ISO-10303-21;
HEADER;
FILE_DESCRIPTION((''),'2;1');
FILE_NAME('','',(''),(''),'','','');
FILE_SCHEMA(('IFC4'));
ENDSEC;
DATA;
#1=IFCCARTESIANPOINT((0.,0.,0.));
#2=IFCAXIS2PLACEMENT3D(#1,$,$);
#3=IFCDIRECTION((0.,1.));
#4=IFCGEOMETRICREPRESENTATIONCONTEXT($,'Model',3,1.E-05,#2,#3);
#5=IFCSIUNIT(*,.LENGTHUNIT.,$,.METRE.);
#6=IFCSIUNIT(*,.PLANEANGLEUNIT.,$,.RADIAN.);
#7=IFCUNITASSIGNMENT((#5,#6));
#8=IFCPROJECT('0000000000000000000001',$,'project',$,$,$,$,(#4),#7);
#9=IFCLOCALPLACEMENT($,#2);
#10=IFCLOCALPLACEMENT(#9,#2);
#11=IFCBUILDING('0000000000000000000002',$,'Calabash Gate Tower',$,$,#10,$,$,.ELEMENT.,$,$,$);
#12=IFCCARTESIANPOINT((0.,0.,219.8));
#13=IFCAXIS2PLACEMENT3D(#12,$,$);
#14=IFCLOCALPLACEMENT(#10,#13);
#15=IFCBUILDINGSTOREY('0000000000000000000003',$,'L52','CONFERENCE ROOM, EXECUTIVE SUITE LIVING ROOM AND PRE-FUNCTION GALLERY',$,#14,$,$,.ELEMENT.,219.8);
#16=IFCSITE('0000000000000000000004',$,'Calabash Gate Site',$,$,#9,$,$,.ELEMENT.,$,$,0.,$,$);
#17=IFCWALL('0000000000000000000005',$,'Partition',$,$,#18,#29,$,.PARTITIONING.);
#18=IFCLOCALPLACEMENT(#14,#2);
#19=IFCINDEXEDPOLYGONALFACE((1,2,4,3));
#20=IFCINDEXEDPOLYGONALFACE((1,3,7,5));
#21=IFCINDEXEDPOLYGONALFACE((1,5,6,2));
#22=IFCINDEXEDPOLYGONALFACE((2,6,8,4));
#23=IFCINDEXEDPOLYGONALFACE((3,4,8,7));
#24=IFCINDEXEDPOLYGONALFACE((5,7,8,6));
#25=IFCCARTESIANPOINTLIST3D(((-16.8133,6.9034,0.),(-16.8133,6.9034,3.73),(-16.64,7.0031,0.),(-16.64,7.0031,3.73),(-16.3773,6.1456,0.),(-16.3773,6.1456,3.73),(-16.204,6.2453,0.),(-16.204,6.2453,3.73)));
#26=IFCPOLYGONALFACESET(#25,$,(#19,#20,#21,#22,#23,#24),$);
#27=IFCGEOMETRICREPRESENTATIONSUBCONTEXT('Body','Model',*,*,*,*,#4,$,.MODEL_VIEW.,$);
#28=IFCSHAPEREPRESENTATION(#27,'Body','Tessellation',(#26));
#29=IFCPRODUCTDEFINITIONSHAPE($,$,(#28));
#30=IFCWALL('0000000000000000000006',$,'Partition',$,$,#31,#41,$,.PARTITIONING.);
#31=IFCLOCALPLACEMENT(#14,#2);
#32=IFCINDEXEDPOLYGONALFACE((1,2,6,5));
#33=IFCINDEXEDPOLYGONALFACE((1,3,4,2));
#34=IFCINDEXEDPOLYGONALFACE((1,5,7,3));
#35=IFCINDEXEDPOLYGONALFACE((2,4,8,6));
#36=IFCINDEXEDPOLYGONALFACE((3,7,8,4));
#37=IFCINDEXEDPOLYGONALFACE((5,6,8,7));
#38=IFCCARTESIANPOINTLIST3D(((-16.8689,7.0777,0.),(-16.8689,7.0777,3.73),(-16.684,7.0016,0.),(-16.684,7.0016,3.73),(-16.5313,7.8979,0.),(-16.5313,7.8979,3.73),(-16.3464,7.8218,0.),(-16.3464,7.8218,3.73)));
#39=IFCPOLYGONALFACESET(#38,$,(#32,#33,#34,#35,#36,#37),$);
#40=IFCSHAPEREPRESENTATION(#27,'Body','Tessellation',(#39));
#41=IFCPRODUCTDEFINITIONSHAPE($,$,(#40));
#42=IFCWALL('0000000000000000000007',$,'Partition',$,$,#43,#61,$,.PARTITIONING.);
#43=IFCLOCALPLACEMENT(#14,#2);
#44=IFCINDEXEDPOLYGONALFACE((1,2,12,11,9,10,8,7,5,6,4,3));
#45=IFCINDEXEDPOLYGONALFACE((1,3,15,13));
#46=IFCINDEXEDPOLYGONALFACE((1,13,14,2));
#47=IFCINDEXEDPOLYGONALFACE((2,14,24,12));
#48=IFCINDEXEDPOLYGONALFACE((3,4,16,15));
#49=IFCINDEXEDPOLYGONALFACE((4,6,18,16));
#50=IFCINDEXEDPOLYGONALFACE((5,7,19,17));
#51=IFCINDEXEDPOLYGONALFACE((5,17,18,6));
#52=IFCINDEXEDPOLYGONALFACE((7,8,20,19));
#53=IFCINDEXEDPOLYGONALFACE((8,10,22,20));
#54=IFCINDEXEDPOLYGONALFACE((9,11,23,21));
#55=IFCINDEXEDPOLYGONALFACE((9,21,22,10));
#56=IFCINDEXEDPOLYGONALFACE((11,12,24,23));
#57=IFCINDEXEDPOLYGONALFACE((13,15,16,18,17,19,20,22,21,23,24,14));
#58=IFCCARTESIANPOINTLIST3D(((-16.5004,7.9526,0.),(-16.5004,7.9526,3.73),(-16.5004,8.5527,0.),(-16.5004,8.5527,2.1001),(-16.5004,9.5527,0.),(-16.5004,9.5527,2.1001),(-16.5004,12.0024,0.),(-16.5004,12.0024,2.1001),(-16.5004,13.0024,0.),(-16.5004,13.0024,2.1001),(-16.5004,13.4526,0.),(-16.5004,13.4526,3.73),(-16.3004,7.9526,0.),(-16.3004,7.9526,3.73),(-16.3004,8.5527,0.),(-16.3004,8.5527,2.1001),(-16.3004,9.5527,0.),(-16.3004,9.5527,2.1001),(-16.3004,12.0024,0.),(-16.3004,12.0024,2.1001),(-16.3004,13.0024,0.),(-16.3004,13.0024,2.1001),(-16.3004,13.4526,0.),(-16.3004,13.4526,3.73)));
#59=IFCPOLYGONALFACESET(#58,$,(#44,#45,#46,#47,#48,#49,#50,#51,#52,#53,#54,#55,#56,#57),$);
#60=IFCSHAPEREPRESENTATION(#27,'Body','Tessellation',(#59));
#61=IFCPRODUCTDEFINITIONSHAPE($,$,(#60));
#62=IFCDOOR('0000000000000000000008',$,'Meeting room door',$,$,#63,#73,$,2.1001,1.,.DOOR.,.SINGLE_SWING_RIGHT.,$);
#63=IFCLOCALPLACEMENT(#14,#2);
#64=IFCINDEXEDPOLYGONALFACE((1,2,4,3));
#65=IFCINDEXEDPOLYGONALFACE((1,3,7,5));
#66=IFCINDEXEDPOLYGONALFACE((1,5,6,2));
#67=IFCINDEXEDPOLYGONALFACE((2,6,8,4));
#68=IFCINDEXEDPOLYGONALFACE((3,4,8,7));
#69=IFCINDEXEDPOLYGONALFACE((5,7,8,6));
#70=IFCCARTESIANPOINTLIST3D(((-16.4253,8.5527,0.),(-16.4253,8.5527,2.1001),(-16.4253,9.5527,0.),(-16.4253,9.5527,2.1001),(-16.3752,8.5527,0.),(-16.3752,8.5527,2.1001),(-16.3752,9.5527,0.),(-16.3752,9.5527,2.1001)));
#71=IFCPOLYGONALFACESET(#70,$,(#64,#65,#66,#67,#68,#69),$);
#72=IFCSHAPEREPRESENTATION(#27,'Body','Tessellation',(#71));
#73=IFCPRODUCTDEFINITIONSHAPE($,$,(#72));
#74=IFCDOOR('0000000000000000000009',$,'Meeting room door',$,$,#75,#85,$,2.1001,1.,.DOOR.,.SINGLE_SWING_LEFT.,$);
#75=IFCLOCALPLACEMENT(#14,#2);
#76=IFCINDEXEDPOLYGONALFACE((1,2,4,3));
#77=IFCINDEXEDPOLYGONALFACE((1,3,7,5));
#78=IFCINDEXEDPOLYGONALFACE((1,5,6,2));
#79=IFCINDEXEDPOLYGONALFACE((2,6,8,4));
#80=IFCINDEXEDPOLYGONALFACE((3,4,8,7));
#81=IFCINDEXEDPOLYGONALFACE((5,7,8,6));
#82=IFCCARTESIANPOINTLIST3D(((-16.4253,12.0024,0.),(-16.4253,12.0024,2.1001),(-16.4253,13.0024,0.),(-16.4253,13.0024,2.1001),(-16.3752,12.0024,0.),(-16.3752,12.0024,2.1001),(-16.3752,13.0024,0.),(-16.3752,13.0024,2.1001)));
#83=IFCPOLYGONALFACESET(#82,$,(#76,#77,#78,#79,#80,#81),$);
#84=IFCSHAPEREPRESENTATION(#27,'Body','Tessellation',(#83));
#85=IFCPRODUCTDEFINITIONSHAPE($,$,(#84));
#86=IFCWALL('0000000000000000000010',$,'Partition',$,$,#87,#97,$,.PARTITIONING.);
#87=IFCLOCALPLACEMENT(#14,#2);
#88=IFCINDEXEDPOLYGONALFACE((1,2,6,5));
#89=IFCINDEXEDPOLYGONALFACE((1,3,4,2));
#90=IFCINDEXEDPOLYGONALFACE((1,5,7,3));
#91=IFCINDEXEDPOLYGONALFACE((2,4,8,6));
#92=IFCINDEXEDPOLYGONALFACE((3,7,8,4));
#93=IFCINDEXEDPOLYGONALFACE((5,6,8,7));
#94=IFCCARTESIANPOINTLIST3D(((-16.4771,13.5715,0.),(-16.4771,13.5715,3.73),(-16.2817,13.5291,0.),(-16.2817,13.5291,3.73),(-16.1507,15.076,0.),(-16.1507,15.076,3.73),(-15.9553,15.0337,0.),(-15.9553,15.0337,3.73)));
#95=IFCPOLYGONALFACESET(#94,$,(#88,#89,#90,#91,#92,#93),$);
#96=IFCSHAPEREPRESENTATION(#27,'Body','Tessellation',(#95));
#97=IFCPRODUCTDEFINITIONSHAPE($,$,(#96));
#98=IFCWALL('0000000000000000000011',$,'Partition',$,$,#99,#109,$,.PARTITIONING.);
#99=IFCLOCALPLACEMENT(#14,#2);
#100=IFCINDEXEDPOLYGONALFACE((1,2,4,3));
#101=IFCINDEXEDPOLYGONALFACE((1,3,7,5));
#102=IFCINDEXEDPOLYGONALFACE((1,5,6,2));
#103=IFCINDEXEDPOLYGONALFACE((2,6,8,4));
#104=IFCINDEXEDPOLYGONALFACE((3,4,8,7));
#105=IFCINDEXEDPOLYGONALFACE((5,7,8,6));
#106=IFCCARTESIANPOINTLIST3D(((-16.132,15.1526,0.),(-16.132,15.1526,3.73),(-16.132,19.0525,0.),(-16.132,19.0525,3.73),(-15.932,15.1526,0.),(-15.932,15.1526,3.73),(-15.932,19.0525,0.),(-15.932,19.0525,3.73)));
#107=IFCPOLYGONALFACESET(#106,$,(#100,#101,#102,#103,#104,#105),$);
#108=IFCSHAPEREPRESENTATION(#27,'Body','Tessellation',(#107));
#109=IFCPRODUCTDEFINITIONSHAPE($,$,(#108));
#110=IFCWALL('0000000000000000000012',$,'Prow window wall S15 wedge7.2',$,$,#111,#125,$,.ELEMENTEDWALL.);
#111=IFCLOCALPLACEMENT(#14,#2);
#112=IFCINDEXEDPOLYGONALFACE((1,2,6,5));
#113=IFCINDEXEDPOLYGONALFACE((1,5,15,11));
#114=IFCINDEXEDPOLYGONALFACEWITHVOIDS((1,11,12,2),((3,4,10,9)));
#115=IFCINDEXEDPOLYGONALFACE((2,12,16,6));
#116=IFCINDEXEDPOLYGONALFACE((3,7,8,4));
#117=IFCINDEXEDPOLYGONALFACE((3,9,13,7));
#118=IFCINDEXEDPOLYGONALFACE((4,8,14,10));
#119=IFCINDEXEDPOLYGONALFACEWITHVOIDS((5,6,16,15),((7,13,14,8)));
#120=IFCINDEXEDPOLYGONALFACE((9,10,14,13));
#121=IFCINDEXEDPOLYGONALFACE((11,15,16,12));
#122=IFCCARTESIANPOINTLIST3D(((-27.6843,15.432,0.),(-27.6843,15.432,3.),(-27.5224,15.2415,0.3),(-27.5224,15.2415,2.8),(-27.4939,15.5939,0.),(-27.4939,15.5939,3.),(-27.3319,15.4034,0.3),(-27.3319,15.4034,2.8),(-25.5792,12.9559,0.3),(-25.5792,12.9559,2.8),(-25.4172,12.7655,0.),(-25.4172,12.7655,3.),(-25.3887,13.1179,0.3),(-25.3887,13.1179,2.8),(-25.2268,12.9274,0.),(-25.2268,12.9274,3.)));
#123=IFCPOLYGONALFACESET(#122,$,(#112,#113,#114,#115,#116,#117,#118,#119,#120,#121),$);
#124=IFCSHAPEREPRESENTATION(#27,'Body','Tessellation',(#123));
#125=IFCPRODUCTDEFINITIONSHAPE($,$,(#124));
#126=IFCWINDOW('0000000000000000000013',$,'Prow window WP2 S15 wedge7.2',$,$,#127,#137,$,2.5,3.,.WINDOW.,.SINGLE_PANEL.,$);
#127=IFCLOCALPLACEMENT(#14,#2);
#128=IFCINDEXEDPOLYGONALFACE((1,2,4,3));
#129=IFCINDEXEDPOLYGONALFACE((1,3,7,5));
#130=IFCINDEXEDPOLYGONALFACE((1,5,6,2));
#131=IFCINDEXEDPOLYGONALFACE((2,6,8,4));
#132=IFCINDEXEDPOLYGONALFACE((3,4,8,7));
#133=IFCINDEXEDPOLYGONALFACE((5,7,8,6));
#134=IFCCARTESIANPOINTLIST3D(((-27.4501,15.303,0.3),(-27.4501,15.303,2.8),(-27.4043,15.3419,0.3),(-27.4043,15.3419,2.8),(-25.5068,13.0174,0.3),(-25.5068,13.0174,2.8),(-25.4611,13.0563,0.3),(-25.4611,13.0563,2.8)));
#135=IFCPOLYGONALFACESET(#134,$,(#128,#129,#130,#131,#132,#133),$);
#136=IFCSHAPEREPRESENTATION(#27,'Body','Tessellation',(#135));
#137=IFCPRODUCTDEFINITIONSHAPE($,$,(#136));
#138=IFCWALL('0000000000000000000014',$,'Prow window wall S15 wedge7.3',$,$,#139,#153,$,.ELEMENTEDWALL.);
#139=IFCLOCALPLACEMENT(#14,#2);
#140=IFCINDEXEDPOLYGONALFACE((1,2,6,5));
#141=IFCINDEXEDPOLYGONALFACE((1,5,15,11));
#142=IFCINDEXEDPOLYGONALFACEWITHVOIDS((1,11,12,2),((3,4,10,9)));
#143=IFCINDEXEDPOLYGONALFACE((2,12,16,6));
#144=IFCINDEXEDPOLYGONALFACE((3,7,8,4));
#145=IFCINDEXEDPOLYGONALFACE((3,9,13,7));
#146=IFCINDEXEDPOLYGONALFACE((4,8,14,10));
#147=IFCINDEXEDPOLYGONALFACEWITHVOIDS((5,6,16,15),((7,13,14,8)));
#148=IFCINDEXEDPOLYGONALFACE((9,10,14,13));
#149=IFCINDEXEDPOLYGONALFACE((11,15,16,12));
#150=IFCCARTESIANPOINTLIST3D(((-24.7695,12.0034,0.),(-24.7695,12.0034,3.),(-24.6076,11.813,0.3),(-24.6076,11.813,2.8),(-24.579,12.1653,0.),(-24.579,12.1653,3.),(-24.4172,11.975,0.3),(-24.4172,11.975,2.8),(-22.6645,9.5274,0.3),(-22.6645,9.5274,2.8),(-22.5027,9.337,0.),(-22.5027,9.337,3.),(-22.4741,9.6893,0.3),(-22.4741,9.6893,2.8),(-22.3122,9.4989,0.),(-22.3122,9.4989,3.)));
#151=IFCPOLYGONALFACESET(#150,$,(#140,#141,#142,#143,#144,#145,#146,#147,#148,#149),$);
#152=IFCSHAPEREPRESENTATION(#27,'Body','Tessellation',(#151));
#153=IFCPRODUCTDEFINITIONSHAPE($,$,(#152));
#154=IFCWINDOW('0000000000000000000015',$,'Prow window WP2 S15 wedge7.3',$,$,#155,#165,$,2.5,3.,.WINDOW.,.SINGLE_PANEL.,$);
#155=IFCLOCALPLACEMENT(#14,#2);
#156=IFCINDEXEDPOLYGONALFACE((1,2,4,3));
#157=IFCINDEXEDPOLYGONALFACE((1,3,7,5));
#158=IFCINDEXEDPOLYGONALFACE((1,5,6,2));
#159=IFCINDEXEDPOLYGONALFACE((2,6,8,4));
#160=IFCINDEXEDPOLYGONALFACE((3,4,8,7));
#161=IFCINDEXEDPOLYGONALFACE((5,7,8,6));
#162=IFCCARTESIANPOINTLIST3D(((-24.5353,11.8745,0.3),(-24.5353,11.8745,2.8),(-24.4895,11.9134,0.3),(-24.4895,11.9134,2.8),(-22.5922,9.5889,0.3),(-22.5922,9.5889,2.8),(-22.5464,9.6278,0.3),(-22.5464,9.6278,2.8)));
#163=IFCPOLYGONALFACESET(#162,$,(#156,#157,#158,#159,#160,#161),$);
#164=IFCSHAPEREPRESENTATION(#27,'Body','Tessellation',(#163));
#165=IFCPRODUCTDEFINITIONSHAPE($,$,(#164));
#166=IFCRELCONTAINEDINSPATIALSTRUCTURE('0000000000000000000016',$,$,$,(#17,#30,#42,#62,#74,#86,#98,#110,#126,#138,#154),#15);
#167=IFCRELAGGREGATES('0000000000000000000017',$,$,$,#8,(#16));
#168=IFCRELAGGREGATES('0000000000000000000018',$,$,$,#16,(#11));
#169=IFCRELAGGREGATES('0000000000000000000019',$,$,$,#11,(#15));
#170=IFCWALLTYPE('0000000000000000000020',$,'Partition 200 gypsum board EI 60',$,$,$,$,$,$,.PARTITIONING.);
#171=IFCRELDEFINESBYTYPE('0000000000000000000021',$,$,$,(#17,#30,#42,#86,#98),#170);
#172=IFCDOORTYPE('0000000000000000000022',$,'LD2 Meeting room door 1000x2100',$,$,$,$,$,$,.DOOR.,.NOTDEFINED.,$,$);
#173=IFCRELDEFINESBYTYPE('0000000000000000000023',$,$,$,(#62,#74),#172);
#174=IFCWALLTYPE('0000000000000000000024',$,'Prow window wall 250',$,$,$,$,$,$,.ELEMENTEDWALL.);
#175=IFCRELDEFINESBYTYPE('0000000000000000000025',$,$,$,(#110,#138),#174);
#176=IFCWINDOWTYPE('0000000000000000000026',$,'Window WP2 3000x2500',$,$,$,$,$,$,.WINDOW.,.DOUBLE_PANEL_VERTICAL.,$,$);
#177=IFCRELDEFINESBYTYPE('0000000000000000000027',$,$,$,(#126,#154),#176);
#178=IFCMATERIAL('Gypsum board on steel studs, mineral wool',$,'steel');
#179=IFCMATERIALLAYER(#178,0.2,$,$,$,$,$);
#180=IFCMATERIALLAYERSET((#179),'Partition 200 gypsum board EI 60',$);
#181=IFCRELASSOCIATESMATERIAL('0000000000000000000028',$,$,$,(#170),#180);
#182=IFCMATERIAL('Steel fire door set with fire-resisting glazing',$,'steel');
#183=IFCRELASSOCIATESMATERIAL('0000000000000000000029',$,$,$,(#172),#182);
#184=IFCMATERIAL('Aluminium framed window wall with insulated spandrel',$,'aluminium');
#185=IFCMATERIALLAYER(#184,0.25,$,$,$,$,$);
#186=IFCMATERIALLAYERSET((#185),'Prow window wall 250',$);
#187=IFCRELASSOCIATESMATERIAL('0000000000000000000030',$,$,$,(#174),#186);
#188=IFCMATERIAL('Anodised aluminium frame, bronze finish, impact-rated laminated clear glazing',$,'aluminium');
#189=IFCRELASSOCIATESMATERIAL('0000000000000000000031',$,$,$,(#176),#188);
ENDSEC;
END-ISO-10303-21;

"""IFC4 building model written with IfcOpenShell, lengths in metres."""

from ifc_helpers import new_model, si_unit, direction, frame, frame_2d, origin, place, context, subcontext, project, spatial, rectangle, extrude, material, layer, layer_set, type_object, element, fill, save


model = new_model("IFC4")

# Units and contexts
model_context = context("Model", 3, precision=1e-05, world=origin(), true_north=direction((0.0, 1.0)))
body_context = subcontext(model_context, "Body", "Model", "MODEL_VIEW")
ifc_project = project(units=[si_unit("LENGTHUNIT", "METRE"), si_unit("PLANEANGLEUNIT", "RADIAN")], contexts=[model_context])

# Site, building, storey
site_placement = place(None, origin())
site = spatial("IfcSite", under=ifc_project, at=site_placement, Name="Calabash Gate Site", CompositionType="ELEMENT", RefElevation=0.0)
building_placement = place(site_placement, origin())
building = spatial("IfcBuilding", under=site, at=building_placement, Name="Calabash Gate Tower", CompositionType="ELEMENT")
storey_placement = place(building_placement, frame((0.0, 0.0, 219.8)))
storey = spatial("IfcBuildingStorey", under=building, at=storey_placement, Name="L52", Description="CONFERENCE ROOM, EXECUTIVE SUITE LIVING ROOM AND PRE-FUNCTION GALLERY", CompositionType="ELEMENT", Elevation=219.8)

# Walls
ifc_material_1 = material(Name="Gypsum board on steel studs, mineral wool", Category="steel")
ifc_layer_1 = layer(ifc_material_1, 0.2)
ifc_layer_set_1 = layer_set([ifc_layer_1], Name="Partition 200 gypsum board EI 60")
wall_type_1 = type_object("IfcWallType", Name="Partition 200 gypsum board EI 60", PredefinedType="PARTITIONING", material=ifc_layer_set_1)
wall_1_placement = place(storey_placement, frame((-16.7266, 6.9531, 0.0), z_axis=(0.0, 0.0, 1.0), x_axis=(0.498723, -0.866761, 0.0)))
element("IfcWall", 1, at=wall_1_placement, inside=storey, type_object=wall_type_1, Name="Partition", PredefinedType="PARTITIONING", context=body_context, shape_type="SweptSolid", body=[
    extrude(rectangle(XDim=0.8743, YDim=0.2, at=frame_2d((0.437, 0.0))), origin(), (0.0, 0.0, 1.0), 3.73),
])
wall_2_placement = place(storey_placement, frame((-16.7764, 7.0398, 0.0), z_axis=(0.0, 0.0, 1.0), x_axis=(0.380625, 0.924729, 0.0)))
element("IfcWall", 2, at=wall_2_placement, inside=storey, type_object=wall_type_1, Name="Partition", PredefinedType="PARTITIONING", context=body_context, shape_type="SweptSolid", body=[
    extrude(rectangle(XDim=0.887, YDim=0.2, at=frame_2d((0.4434, 0.0))), origin(), (0.0, 0.0, 1.0), 3.73),
])

# Wall, openings, doors
wall_3_placement = place(storey_placement, frame((-16.4004, 7.9526, 0.0), z_axis=(0.0, 0.0, 1.0), x_axis=(0.0, 1.0, 0.0)))
wall_3 = element("IfcWall", 3, at=wall_3_placement, inside=storey, type_object=wall_type_1, Name="Partition", PredefinedType="PARTITIONING", context=body_context, shape_type="SweptSolid", body=[
    extrude(rectangle(XDim=5.5, YDim=0.2, at=frame_2d((2.75, 0.0))), origin(), (0.0, 0.0, 1.0), 3.73),
])
opening_1_placement = place(wall_3_placement, frame((0.6001, 0.0, 0.0)))
opening_1 = element("IfcOpeningElement", 4, at=opening_1_placement, cuts=wall_3, PredefinedType="OPENING", context=body_context, shape_type="SweptSolid", body=[
    extrude(rectangle(XDim=1.0, YDim=2.1001, at=frame_2d((0.5, 1.05))), frame((0.0, 0.1099, 0.0), z_axis=(0.0, -1.0, 0.0), x_axis=(1.0, 0.0, 0.0)), (0.0, 0.0, 1.0), 0.22),
])
opening_2_placement = place(wall_3_placement, frame((4.0498, 0.0, 0.0)))
opening_2 = element("IfcOpeningElement", 5, at=opening_2_placement, cuts=wall_3, PredefinedType="OPENING", context=body_context, shape_type="SweptSolid", body=[
    extrude(rectangle(XDim=1.0, YDim=2.1001, at=frame_2d((0.5, 1.05))), frame((0.0, 0.1099, 0.0), z_axis=(0.0, -1.0, 0.0), x_axis=(1.0, 0.0, 0.0)), (0.0, 0.0, 1.0), 0.22),
])
ifc_material_2 = material(Name="Steel fire door set with fire-resisting glazing", Category="steel")
door_type_1 = type_object("IfcDoorType", Name="LD2 Meeting room door 1000x2100", OperationType="NOTDEFINED", PredefinedType="DOOR", material=ifc_material_2)
door_1_placement = place(opening_1_placement, origin())
door_1 = element("IfcDoor", 6, at=door_1_placement, inside=storey, type_object=door_type_1, Name="Meeting room door", OperationType="SINGLE_SWING_RIGHT", OverallHeight=2.1001, OverallWidth=1.0, PredefinedType="DOOR", context=body_context, shape_type="SweptSolid", body=[
    extrude(rectangle(XDim=1.0, YDim=2.1001, at=frame_2d((0.5, 1.05))), frame((0.0, 0.0249, 0.0), z_axis=(0.0, -1.0, 0.0), x_axis=(1.0, 0.0, 0.0)), (0.0, 0.0, 1.0), 0.05),
])
fill(opening_1, door_1)
door_2_placement = place(opening_2_placement, origin())
door_2 = element("IfcDoor", 7, at=door_2_placement, inside=storey, type_object=door_type_1, Name="Meeting room door", OperationType="SINGLE_SWING_LEFT", OverallHeight=2.1001, OverallWidth=1.0, PredefinedType="DOOR", context=body_context, shape_type="SweptSolid", body=[
    extrude(rectangle(XDim=1.0, YDim=2.1001, at=frame_2d((0.5, 1.05))), frame((0.0, 0.0249, 0.0), z_axis=(0.0, -1.0, 0.0), x_axis=(1.0, 0.0, 0.0)), (0.0, 0.0, 1.0), 0.05),
])
fill(opening_2, door_2)

# Walls
wall_4_placement = place(storey_placement, frame((-16.3794, 13.5503, 0.0), z_axis=(0.0, 0.0, 1.0), x_axis=(0.212008, 0.977268, 0.0)))
element("IfcWall", 8, at=wall_4_placement, inside=storey, type_object=wall_type_1, Name="Partition", PredefinedType="PARTITIONING", context=body_context, shape_type="SweptSolid", body=[
    extrude(rectangle(XDim=1.5396, YDim=0.2, at=frame_2d((0.7698, 0.0))), origin(), (0.0, 0.0, 1.0), 3.73),
])
wall_5_placement = place(storey_placement, frame((-16.032, 15.1526, 0.0), z_axis=(0.0, 0.0, 1.0), x_axis=(0.0, 1.0, 0.0)))
element("IfcWall", 9, at=wall_5_placement, inside=storey, type_object=wall_type_1, Name="Partition", PredefinedType="PARTITIONING", context=body_context, shape_type="SweptSolid", body=[
    extrude(rectangle(XDim=3.8999, YDim=0.2, at=frame_2d((1.95, 0.0))), origin(), (0.0, 0.0, 1.0), 3.73),
])

# Walls, openings, windows
ifc_material_3 = material(Name="Aluminium framed window wall with insulated spandrel", Category="aluminium")
ifc_layer_2 = layer(ifc_material_3, 0.25)
ifc_layer_set_2 = layer_set([ifc_layer_2], Name="Prow window wall 250")
wall_type_2 = type_object("IfcWallType", Name="Prow window wall 250", PredefinedType="ELEMENTEDWALL", material=ifc_layer_set_2)
wall_6_placement = place(storey_placement, frame((-27.5891, 15.5129, 0.0), z_axis=(0.0, 0.0, 1.0), x_axis=(0.647742, -0.76186, 0.0)))
wall_6 = element("IfcWall", 10, at=wall_6_placement, inside=storey, type_object=wall_type_2, Name="Prow window wall S15 wedge7.2", PredefinedType="ELEMENTEDWALL", context=body_context, shape_type="SweptSolid", body=[
    extrude(rectangle(XDim=3.5, YDim=0.25, at=frame_2d((1.75, 0.0))), origin(), (0.0, 0.0, 1.0), 3.0),
])
opening_3_placement = place(wall_6_placement, frame((0.25, 0.0, 0.3)))
opening_3 = element("IfcOpeningElement", 11, at=opening_3_placement, cuts=wall_6, PredefinedType="OPENING", context=body_context, shape_type="SweptSolid", body=[
    extrude(rectangle(XDim=3.0, YDim=2.5, at=frame_2d((1.5, 1.25))), frame((0.0, 0.135, 0.0), z_axis=(0.0, -1.0, 0.0), x_axis=(1.0, 0.0, 0.0)), (0.0, 0.0, 1.0), 0.27),
])
ifc_material_4 = material(Name="Anodised aluminium frame, bronze finish, impact-rated laminated clear glazing", Category="aluminium")
window_type_1 = type_object("IfcWindowType", Name="Window WP2 3000x2500", PartitioningType="DOUBLE_PANEL_VERTICAL", PredefinedType="WINDOW", material=ifc_material_4)
window_1_placement = place(opening_3_placement, origin())
window_1 = element("IfcWindow", 12, at=window_1_placement, inside=storey, type_object=window_type_1, Name="Prow window WP2 S15 wedge7.2", OverallHeight=2.5, OverallWidth=3.0, PartitioningType="SINGLE_PANEL", PredefinedType="WINDOW", context=body_context, shape_type="SweptSolid", body=[
    extrude(rectangle(XDim=3.0, YDim=2.5, at=frame_2d((1.5, 1.25))), frame((0.0, 0.03, 0.0), z_axis=(0.0, -1.0, 0.0), x_axis=(1.0, 0.0, 0.0)), (0.0, 0.0, 1.0), 0.0601),
])
fill(opening_3, window_1)
wall_7_placement = place(storey_placement, frame((-24.6743, 12.0845, 0.0), z_axis=(0.0, 0.0, 1.0), x_axis=(0.647701, -0.761895, 0.0)))
wall_7 = element("IfcWall", 13, at=wall_7_placement, inside=storey, type_object=wall_type_2, Name="Prow window wall S15 wedge7.3", PredefinedType="ELEMENTEDWALL", context=body_context, shape_type="SweptSolid", body=[
    extrude(rectangle(XDim=3.4998, YDim=0.25, at=frame_2d((1.75, 0.0))), origin(), (0.0, 0.0, 1.0), 3.0),
])
opening_4_placement = place(wall_7_placement, frame((0.25, 0.0, 0.3)))
opening_4 = element("IfcOpeningElement", 14, at=opening_4_placement, cuts=wall_7, PredefinedType="OPENING", context=body_context, shape_type="SweptSolid", body=[
    extrude(rectangle(XDim=3.0, YDim=2.5, at=frame_2d((1.5, 1.25))), frame((0.0, 0.135, 0.0), z_axis=(0.0, -1.0, 0.0), x_axis=(1.0, 0.0, 0.0)), (0.0, 0.0, 1.0), 0.27),
])
window_2_placement = place(opening_4_placement, origin())
window_2 = element("IfcWindow", 15, at=window_2_placement, inside=storey, type_object=window_type_1, Name="Prow window WP2 S15 wedge7.3", OverallHeight=2.5, OverallWidth=3.0, PartitioningType="SINGLE_PANEL", PredefinedType="WINDOW", context=body_context, shape_type="SweptSolid", body=[
    extrude(rectangle(XDim=3.0, YDim=2.5, at=frame_2d((1.5, 1.25))), frame((0.0, 0.03, 0.0), z_axis=(0.0, -1.0, 0.0), x_axis=(1.0, 0.0, 0.0)), (0.0, 0.0, 1.0), 0.0601),
])
fill(opening_4, window_2)

save(model, "model.ifc")
